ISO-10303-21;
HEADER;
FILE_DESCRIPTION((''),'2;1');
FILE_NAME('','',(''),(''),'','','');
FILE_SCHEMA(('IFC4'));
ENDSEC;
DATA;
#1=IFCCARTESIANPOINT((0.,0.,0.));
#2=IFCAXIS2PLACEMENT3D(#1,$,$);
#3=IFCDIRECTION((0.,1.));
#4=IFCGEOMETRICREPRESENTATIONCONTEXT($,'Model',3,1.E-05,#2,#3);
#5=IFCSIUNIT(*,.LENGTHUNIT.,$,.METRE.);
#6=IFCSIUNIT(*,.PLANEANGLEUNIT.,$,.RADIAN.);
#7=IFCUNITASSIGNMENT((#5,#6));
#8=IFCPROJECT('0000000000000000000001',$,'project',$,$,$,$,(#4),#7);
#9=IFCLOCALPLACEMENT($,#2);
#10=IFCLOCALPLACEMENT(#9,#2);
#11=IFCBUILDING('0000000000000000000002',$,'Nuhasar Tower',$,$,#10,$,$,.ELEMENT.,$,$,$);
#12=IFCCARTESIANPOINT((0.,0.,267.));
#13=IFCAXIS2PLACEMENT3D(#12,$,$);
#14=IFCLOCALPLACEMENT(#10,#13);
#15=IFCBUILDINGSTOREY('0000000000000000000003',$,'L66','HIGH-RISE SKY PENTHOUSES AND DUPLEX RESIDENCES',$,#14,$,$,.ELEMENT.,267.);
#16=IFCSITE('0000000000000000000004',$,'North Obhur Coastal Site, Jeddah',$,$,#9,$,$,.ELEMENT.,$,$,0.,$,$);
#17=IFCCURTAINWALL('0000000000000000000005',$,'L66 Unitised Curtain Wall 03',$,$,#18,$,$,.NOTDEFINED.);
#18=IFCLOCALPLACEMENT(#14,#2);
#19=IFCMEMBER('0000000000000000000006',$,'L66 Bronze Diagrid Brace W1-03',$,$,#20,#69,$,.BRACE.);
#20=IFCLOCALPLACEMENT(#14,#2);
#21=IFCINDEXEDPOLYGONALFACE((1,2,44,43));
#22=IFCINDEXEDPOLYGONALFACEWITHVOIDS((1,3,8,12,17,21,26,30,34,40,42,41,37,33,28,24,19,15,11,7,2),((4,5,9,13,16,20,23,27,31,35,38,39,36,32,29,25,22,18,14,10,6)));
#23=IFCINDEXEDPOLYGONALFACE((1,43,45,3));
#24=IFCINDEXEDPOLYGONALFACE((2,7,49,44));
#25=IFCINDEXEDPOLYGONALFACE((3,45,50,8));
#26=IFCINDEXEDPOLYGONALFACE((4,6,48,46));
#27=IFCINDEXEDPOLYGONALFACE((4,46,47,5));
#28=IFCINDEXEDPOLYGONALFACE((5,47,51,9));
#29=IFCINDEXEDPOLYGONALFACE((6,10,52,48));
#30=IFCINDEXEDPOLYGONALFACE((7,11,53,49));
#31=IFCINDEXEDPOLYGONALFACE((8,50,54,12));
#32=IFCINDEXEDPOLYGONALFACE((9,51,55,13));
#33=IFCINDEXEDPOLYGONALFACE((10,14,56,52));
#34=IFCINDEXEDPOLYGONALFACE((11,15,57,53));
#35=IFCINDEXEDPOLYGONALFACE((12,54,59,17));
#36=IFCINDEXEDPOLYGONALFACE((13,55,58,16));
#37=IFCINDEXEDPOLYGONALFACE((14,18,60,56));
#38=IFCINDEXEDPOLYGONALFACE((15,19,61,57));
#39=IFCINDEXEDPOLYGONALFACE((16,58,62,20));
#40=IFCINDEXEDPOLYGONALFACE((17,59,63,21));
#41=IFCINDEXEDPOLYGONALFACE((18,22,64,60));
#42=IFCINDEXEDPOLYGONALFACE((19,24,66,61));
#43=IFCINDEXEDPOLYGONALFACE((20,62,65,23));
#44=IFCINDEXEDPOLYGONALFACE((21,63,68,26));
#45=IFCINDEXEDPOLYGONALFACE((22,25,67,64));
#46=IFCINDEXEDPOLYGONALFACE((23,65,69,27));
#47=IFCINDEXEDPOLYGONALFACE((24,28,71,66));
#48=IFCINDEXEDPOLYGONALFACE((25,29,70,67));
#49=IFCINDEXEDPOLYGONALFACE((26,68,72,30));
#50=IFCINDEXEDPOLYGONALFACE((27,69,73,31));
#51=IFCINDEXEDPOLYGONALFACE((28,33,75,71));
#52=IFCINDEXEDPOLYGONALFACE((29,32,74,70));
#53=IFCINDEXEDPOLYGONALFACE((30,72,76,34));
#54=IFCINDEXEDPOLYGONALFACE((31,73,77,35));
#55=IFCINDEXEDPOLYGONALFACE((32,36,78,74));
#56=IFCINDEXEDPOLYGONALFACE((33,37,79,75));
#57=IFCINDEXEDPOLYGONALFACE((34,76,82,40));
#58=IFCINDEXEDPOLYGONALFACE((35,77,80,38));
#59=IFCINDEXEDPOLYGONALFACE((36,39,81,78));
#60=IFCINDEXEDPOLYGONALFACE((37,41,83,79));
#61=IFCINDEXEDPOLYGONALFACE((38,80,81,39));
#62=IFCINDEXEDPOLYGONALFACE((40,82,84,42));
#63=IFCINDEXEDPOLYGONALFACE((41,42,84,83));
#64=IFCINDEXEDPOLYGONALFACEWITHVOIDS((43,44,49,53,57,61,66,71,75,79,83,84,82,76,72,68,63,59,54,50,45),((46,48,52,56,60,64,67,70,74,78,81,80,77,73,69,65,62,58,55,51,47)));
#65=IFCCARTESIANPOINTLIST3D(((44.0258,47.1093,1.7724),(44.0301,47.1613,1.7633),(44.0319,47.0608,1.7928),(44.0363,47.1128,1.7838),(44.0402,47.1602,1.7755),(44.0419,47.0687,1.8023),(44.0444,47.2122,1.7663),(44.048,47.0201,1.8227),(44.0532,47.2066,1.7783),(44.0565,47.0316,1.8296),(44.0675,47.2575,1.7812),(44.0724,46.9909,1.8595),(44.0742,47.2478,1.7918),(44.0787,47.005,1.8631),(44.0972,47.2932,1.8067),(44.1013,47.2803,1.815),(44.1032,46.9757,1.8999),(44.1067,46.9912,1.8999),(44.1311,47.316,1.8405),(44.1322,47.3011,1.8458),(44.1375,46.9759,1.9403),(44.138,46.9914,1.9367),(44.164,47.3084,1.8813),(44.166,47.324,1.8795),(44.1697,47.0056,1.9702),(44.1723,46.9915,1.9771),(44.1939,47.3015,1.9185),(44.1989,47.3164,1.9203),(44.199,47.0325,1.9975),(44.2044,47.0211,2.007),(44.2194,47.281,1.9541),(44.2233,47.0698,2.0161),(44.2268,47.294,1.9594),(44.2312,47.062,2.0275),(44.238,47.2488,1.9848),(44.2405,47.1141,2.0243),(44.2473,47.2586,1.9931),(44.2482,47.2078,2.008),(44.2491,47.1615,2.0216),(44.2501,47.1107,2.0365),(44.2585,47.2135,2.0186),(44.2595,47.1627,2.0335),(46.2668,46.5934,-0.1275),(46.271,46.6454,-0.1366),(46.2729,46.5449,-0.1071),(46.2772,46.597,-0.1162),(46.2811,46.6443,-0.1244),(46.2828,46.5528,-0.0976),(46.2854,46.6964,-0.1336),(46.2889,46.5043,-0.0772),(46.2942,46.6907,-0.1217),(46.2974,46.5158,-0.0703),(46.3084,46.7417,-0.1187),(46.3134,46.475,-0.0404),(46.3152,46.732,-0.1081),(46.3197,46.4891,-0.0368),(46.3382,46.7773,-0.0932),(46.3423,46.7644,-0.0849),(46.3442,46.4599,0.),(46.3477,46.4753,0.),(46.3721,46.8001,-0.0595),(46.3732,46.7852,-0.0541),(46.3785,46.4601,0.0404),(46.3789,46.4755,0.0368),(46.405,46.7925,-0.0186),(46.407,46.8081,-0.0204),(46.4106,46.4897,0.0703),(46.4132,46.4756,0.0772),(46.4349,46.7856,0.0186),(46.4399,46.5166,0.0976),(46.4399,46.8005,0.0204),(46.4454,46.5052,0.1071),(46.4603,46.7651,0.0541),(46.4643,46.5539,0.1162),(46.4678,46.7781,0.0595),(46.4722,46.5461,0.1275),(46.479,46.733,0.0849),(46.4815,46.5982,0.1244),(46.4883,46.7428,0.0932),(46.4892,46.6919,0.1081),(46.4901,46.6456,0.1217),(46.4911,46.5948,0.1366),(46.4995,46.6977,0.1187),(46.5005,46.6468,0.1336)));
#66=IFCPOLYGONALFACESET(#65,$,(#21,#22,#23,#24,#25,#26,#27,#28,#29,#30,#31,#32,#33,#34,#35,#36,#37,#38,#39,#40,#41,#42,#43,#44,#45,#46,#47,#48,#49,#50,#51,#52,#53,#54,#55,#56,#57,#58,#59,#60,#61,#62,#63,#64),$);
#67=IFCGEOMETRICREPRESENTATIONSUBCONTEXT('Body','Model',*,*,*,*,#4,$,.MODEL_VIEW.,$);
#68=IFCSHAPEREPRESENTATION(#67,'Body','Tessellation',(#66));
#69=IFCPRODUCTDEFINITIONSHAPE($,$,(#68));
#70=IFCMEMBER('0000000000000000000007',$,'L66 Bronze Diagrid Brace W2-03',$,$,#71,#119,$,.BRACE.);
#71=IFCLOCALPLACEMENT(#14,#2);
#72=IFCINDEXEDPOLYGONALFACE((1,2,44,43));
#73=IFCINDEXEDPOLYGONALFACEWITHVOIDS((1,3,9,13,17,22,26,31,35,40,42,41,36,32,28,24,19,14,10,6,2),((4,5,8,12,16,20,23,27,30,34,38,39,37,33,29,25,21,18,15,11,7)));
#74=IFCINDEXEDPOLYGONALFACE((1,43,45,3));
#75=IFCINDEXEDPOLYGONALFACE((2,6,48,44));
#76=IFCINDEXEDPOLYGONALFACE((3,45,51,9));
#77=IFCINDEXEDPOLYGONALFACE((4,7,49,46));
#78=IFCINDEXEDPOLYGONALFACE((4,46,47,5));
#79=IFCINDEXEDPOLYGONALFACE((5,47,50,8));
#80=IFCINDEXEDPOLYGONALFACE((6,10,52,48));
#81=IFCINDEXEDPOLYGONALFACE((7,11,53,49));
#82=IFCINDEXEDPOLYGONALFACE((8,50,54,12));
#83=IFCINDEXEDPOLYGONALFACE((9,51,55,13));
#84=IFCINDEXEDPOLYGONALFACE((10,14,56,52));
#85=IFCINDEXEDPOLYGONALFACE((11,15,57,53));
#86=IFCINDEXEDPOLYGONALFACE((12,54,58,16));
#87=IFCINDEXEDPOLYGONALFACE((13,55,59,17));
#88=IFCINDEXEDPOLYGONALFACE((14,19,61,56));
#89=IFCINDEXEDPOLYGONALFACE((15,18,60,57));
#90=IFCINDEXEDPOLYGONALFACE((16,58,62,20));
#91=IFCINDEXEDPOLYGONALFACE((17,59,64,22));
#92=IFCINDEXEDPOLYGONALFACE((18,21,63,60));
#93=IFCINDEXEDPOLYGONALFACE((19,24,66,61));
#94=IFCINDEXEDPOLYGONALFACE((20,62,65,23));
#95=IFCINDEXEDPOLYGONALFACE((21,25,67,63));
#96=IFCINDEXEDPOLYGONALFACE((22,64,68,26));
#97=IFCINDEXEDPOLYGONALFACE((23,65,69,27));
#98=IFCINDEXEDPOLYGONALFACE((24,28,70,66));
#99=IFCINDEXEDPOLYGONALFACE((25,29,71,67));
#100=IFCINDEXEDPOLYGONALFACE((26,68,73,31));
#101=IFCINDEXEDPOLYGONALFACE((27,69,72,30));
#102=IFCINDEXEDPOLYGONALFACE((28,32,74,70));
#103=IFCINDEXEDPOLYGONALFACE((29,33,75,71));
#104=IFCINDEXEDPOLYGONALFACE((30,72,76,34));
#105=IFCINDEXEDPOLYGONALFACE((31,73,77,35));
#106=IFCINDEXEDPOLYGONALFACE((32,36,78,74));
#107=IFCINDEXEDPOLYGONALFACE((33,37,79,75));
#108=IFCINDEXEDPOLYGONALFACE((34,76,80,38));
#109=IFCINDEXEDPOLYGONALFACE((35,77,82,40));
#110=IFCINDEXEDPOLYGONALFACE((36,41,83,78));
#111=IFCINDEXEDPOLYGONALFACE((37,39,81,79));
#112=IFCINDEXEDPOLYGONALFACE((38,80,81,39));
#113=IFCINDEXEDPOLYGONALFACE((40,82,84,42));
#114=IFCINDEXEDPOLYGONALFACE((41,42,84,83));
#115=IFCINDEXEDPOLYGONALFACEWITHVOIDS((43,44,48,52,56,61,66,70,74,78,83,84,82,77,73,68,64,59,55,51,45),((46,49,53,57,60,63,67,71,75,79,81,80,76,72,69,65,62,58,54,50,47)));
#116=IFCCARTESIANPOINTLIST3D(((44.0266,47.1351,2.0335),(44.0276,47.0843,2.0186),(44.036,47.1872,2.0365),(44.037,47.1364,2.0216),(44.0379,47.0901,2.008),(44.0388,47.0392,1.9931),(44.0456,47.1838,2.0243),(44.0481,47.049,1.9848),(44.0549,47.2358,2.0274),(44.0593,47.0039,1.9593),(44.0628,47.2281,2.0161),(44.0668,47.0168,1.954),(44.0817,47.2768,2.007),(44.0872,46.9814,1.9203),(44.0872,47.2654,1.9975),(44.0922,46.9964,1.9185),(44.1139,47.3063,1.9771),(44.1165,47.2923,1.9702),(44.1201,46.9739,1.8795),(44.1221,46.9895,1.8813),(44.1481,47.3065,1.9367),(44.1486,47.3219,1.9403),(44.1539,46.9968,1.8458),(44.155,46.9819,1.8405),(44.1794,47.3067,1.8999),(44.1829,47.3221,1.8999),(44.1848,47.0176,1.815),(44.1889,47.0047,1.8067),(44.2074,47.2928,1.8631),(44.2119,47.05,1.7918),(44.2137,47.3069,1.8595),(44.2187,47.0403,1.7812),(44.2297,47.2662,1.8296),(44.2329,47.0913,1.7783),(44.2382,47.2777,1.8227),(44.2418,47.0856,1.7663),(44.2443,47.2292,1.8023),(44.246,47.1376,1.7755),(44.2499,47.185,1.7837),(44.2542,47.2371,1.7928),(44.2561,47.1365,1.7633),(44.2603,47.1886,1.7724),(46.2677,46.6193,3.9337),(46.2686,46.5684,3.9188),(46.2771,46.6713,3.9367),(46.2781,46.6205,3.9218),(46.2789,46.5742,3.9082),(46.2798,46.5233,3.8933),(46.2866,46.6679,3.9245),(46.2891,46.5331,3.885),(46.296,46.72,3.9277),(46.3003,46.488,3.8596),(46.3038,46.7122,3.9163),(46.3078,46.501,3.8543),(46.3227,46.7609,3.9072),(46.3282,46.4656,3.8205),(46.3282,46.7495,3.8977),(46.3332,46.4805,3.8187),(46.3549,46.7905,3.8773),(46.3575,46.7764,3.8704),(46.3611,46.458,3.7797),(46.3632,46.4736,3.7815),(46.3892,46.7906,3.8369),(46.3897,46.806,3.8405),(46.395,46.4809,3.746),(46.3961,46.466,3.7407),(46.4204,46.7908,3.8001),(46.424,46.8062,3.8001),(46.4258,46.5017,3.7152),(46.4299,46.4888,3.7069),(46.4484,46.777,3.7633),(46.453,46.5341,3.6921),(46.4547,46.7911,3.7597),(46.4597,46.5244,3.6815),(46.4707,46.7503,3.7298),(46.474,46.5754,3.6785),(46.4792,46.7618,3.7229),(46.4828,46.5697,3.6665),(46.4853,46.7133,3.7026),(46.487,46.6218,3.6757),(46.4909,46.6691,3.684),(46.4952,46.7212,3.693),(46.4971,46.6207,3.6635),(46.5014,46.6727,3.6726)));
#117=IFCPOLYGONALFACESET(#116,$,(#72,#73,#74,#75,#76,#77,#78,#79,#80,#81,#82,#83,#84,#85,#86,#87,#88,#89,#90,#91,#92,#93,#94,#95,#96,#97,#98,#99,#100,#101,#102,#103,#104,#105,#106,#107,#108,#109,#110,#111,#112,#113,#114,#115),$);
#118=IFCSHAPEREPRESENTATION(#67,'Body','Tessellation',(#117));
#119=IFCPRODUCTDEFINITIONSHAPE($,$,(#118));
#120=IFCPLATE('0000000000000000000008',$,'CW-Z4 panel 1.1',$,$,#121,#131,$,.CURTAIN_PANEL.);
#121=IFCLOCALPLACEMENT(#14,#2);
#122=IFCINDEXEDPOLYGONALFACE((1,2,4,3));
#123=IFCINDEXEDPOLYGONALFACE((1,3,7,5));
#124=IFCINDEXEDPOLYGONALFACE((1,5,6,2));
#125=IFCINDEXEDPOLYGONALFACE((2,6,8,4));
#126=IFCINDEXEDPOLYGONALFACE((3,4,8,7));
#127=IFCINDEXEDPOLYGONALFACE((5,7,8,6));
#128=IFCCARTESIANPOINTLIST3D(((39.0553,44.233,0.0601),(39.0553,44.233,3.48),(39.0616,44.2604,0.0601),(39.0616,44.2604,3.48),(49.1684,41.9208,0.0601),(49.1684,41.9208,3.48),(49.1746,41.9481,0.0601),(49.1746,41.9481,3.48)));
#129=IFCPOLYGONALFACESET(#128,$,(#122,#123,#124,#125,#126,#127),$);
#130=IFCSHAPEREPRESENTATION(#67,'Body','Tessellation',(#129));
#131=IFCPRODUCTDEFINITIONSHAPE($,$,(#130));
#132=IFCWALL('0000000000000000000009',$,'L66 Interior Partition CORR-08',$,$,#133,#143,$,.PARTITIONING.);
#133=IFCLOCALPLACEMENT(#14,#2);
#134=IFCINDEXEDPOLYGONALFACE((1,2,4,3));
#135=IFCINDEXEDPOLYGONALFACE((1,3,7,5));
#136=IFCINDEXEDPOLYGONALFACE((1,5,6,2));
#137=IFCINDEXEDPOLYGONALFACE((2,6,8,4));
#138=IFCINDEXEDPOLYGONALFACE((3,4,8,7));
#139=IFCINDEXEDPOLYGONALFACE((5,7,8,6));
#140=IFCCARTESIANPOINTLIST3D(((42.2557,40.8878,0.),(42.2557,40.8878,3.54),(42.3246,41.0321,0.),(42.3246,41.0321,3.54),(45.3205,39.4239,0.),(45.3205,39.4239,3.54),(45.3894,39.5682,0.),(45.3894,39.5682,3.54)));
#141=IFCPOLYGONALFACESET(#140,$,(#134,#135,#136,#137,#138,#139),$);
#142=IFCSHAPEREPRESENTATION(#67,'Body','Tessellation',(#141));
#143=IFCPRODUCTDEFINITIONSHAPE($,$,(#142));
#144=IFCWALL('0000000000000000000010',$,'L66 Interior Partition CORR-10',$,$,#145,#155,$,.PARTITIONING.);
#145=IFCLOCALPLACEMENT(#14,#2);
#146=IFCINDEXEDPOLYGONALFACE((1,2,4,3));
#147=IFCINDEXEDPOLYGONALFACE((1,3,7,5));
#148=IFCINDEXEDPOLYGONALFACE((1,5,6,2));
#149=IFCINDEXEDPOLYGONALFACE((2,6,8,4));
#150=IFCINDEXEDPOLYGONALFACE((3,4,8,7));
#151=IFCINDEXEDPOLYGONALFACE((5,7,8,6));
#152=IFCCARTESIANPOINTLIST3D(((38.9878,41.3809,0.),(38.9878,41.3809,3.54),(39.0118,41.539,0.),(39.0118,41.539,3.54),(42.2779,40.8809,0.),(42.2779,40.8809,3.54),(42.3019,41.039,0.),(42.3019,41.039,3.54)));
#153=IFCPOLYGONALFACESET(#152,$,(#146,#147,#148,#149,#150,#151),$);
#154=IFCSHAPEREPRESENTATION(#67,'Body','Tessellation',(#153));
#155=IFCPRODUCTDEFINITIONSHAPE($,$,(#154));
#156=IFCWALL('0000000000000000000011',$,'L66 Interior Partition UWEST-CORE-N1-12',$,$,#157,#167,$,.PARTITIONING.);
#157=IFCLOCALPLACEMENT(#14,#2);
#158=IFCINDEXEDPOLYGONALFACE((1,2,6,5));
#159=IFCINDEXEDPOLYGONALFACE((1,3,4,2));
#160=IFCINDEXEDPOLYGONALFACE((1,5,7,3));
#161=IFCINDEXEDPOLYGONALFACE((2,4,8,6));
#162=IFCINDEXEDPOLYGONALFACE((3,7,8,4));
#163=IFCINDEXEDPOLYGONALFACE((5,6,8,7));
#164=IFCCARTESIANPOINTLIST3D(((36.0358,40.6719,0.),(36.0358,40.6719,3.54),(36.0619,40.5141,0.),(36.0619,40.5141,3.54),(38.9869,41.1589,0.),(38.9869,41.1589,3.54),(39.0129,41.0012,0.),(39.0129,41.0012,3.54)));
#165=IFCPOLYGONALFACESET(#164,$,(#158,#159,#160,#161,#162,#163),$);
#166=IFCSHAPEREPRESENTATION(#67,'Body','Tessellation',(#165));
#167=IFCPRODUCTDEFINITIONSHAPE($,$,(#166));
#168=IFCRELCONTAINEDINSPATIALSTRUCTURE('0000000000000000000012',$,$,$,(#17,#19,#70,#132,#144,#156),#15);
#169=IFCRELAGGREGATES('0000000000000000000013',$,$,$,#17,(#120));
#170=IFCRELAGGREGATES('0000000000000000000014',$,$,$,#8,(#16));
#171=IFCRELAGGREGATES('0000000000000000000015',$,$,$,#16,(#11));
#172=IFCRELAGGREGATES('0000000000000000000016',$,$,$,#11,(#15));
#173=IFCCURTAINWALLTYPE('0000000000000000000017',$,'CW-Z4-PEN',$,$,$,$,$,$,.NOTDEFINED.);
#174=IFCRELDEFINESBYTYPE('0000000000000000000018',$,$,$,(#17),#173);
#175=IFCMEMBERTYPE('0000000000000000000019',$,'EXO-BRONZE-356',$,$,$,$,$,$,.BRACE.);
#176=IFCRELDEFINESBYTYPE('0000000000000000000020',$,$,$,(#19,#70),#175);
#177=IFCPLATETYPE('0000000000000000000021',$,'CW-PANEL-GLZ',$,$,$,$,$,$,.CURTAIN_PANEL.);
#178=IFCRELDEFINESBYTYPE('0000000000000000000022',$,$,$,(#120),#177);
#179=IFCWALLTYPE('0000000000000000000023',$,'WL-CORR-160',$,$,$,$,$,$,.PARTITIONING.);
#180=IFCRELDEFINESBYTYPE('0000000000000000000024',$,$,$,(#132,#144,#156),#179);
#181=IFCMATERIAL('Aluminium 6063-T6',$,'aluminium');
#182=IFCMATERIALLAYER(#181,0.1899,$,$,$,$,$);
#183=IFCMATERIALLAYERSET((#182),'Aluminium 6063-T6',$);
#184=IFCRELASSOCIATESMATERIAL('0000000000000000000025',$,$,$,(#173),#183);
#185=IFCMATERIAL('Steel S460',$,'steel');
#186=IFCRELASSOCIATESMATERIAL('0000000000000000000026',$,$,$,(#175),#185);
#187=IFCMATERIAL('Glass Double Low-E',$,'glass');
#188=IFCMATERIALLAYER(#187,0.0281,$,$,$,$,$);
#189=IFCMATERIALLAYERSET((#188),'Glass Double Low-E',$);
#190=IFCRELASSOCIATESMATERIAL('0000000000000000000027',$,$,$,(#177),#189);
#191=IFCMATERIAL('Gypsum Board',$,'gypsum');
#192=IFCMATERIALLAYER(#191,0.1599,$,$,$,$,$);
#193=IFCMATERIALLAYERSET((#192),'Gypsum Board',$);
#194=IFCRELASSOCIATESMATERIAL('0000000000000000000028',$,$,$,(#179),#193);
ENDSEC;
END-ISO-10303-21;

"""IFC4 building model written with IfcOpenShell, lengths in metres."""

from ifc_helpers import new_model, si_unit, direction, frame, frame_2d, origin, origin_2d, place, context, subcontext, project, spatial, rectangle, hollow_circle, extrude, material, layer, layer_set, material_profile, profile_set, type_object, element, aggregate, save


model = new_model("IFC4")

# Units and contexts
model_context = context("Model", 3, precision=1e-05, world=origin(), true_north=direction((0.0, 1.0)))
body_context = subcontext(model_context, "Body", "Model", "MODEL_VIEW")
ifc_project = project(units=[si_unit("LENGTHUNIT", "METRE"), si_unit("PLANEANGLEUNIT", "RADIAN")], contexts=[model_context])

# Site, building, storey
site_placement = place(None, origin())
site = spatial("IfcSite", under=ifc_project, at=site_placement, Name="North Obhur Coastal Site, Jeddah", CompositionType="ELEMENT", RefElevation=0.0)
building_placement = place(site_placement, origin())
building = spatial("IfcBuilding", under=site, at=building_placement, Name="Nuhasar Tower", CompositionType="ELEMENT")
storey_placement = place(building_placement, frame((0.0, 0.0, 267.0)))
storey = spatial("IfcBuildingStorey", under=building, at=storey_placement, Name="L66", Description="HIGH-RISE SKY PENTHOUSES AND DUPLEX RESIDENCES", CompositionType="ELEMENT", Elevation=267.0)

# Curtain wall
ifc_material_1 = material(Name="Aluminium 6063-T6", Category="aluminium")
ifc_layer_1 = layer(ifc_material_1, 0.1899)
ifc_layer_set_1 = layer_set([ifc_layer_1], Name="Aluminium 6063-T6")
curtain_wall_type = type_object("IfcCurtainWallType", Name="CW-Z4-PEN", PredefinedType="NOTDEFINED", material=ifc_layer_set_1)
curtain_wall_placement = place(storey_placement, origin())
curtain_wall = element("IfcCurtainWall", 1, at=curtain_wall_placement, inside=storey, type_object=curtain_wall_type, Name="L66 Unitised Curtain Wall 03", PredefinedType="NOTDEFINED")

# Members
ifc_material_2 = material(Name="Steel S460", Category="steel")
ifc_material_profile_1 = material_profile(ifc_material_2, hollow_circle(Radius=0.1777, WallThickness=0.0159, at=origin_2d()), Name="HSS355.6X15.9")
ifc_profile_set_1 = profile_set([ifc_material_profile_1], Name="Steel S460")
member_type_1 = type_object("IfcMemberType", Name="EXO-BRONZE-356", PredefinedType="BRACE", material=ifc_profile_set_1)
member_1_placement = place(storey_placement, frame((46.384, 46.6331, 0.0), z_axis=(-0.751272, 0.172942, 0.636932), x_axis=(-0.224332, -0.974513, 0.0)))
element("IfcMember", 2, at=member_1_placement, inside=storey, type_object=member_type_1, Name="L66 Bronze Diagrid Brace W1-03", PredefinedType="BRACE", context=body_context, shape_type="SweptSolid", body=[
    extrude(hollow_circle(Radius=0.1777, WallThickness=0.0159, at=origin_2d()), origin(), (0.0, 0.0, 1.0), 2.9829),
])
member_2_placement = place(storey_placement, frame((44.1431, 47.1489, 1.8999), z_axis=(0.751232, -0.172933, 0.63698), x_axis=(0.224332, 0.974513, 0.0)))
element("IfcMember", 3, at=member_2_placement, inside=storey, type_object=member_type_1, Name="L66 Bronze Diagrid Brace W2-03", PredefinedType="BRACE", context=body_context, shape_type="SweptSolid", body=[
    extrude(hollow_circle(Radius=0.1777, WallThickness=0.0159, at=origin_2d()), origin(), (0.0, 0.0, 1.0), 2.9832),
])

# Plate
ifc_material_3 = material(Name="Glass Double Low-E", Category="glass")
ifc_layer_2 = layer(ifc_material_3, 0.0281)
ifc_layer_set_2 = layer_set([ifc_layer_2], Name="Glass Double Low-E")
plate_type = type_object("IfcPlateType", Name="CW-PANEL-GLZ", PredefinedType="CURTAIN_PANEL", material=ifc_layer_set_2)
plate_placement = place(storey_placement, frame((44.115, 43.0906, 0.0601), z_axis=(0.0, 0.0, 1.0), x_axis=(-0.974844, 0.222889, 0.0)))
plate = element("IfcPlate", 4, at=plate_placement, type_object=plate_type, Name="CW-Z4 panel 1.1", PredefinedType="CURTAIN_PANEL", context=body_context, shape_type="SweptSolid", body=[
    extrude(rectangle(XDim=10.374, YDim=0.0281, at=origin_2d()), origin(), (0.0, 0.0, 1.0), 3.4199),
])
aggregate(curtain_wall, [plate])

# Shared definitions
ifc_material_4 = material(Name="Gypsum Board", Category="gypsum")
ifc_layer_3 = layer(ifc_material_4, 0.1599)
ifc_layer_set_3 = layer_set([ifc_layer_3], Name="Gypsum Board")
wall_type_1 = type_object("IfcWallType", Name="WL-CORR-160", PredefinedType="PARTITIONING", material=ifc_layer_set_3)

# Walls
wall_1_placement = place(storey_placement, frame((45.355, 39.4961, 0.0), z_axis=(0.0, 0.0, 1.0), x_axis=(-0.90236, 0.430982, 0.0)))
element("IfcWall", 5, at=wall_1_placement, inside=storey, type_object=wall_type_1, Name="L66 Interior Partition CORR-08", PredefinedType="PARTITIONING", context=body_context, shape_type="SweptSolid", body=[
    extrude(rectangle(XDim=3.3965, YDim=0.1599, at=frame_2d((1.6982, 0.0))), origin(), (0.0, 0.0, 1.0), 3.54),
])
wall_2_placement = place(storey_placement, frame((42.29, 40.96, 0.0), z_axis=(0.0, 0.0, 1.0), x_axis=(-0.988648, 0.150249, 0.0)))
element("IfcWall", 6, at=wall_2_placement, inside=storey, type_object=wall_type_1, Name="L66 Interior Partition CORR-10", PredefinedType="PARTITIONING", context=body_context, shape_type="SweptSolid", body=[
    extrude(rectangle(XDim=3.3279, YDim=0.1599, at=frame_2d((1.6641, 0.0))), origin(), (0.0, 0.0, 1.0), 3.54),
])
wall_3_placement = place(storey_placement, frame((39.0, 41.0801, 0.0), z_axis=(0.0, 0.0, 1.0), x_axis=(-0.986651, -0.16285, 0.0)))
element("IfcWall", 7, at=wall_3_placement, inside=storey, type_object=wall_type_1, Name="L66 Interior Partition UWEST-CORE-N1-12", PredefinedType="PARTITIONING", context=body_context, shape_type="SweptSolid", body=[
    extrude(rectangle(XDim=2.991, YDim=0.1599, at=frame_2d((1.4956, 0.0))), origin(), (0.0, 0.0, 1.0), 3.54),
])

save(model, "model.ifc")
